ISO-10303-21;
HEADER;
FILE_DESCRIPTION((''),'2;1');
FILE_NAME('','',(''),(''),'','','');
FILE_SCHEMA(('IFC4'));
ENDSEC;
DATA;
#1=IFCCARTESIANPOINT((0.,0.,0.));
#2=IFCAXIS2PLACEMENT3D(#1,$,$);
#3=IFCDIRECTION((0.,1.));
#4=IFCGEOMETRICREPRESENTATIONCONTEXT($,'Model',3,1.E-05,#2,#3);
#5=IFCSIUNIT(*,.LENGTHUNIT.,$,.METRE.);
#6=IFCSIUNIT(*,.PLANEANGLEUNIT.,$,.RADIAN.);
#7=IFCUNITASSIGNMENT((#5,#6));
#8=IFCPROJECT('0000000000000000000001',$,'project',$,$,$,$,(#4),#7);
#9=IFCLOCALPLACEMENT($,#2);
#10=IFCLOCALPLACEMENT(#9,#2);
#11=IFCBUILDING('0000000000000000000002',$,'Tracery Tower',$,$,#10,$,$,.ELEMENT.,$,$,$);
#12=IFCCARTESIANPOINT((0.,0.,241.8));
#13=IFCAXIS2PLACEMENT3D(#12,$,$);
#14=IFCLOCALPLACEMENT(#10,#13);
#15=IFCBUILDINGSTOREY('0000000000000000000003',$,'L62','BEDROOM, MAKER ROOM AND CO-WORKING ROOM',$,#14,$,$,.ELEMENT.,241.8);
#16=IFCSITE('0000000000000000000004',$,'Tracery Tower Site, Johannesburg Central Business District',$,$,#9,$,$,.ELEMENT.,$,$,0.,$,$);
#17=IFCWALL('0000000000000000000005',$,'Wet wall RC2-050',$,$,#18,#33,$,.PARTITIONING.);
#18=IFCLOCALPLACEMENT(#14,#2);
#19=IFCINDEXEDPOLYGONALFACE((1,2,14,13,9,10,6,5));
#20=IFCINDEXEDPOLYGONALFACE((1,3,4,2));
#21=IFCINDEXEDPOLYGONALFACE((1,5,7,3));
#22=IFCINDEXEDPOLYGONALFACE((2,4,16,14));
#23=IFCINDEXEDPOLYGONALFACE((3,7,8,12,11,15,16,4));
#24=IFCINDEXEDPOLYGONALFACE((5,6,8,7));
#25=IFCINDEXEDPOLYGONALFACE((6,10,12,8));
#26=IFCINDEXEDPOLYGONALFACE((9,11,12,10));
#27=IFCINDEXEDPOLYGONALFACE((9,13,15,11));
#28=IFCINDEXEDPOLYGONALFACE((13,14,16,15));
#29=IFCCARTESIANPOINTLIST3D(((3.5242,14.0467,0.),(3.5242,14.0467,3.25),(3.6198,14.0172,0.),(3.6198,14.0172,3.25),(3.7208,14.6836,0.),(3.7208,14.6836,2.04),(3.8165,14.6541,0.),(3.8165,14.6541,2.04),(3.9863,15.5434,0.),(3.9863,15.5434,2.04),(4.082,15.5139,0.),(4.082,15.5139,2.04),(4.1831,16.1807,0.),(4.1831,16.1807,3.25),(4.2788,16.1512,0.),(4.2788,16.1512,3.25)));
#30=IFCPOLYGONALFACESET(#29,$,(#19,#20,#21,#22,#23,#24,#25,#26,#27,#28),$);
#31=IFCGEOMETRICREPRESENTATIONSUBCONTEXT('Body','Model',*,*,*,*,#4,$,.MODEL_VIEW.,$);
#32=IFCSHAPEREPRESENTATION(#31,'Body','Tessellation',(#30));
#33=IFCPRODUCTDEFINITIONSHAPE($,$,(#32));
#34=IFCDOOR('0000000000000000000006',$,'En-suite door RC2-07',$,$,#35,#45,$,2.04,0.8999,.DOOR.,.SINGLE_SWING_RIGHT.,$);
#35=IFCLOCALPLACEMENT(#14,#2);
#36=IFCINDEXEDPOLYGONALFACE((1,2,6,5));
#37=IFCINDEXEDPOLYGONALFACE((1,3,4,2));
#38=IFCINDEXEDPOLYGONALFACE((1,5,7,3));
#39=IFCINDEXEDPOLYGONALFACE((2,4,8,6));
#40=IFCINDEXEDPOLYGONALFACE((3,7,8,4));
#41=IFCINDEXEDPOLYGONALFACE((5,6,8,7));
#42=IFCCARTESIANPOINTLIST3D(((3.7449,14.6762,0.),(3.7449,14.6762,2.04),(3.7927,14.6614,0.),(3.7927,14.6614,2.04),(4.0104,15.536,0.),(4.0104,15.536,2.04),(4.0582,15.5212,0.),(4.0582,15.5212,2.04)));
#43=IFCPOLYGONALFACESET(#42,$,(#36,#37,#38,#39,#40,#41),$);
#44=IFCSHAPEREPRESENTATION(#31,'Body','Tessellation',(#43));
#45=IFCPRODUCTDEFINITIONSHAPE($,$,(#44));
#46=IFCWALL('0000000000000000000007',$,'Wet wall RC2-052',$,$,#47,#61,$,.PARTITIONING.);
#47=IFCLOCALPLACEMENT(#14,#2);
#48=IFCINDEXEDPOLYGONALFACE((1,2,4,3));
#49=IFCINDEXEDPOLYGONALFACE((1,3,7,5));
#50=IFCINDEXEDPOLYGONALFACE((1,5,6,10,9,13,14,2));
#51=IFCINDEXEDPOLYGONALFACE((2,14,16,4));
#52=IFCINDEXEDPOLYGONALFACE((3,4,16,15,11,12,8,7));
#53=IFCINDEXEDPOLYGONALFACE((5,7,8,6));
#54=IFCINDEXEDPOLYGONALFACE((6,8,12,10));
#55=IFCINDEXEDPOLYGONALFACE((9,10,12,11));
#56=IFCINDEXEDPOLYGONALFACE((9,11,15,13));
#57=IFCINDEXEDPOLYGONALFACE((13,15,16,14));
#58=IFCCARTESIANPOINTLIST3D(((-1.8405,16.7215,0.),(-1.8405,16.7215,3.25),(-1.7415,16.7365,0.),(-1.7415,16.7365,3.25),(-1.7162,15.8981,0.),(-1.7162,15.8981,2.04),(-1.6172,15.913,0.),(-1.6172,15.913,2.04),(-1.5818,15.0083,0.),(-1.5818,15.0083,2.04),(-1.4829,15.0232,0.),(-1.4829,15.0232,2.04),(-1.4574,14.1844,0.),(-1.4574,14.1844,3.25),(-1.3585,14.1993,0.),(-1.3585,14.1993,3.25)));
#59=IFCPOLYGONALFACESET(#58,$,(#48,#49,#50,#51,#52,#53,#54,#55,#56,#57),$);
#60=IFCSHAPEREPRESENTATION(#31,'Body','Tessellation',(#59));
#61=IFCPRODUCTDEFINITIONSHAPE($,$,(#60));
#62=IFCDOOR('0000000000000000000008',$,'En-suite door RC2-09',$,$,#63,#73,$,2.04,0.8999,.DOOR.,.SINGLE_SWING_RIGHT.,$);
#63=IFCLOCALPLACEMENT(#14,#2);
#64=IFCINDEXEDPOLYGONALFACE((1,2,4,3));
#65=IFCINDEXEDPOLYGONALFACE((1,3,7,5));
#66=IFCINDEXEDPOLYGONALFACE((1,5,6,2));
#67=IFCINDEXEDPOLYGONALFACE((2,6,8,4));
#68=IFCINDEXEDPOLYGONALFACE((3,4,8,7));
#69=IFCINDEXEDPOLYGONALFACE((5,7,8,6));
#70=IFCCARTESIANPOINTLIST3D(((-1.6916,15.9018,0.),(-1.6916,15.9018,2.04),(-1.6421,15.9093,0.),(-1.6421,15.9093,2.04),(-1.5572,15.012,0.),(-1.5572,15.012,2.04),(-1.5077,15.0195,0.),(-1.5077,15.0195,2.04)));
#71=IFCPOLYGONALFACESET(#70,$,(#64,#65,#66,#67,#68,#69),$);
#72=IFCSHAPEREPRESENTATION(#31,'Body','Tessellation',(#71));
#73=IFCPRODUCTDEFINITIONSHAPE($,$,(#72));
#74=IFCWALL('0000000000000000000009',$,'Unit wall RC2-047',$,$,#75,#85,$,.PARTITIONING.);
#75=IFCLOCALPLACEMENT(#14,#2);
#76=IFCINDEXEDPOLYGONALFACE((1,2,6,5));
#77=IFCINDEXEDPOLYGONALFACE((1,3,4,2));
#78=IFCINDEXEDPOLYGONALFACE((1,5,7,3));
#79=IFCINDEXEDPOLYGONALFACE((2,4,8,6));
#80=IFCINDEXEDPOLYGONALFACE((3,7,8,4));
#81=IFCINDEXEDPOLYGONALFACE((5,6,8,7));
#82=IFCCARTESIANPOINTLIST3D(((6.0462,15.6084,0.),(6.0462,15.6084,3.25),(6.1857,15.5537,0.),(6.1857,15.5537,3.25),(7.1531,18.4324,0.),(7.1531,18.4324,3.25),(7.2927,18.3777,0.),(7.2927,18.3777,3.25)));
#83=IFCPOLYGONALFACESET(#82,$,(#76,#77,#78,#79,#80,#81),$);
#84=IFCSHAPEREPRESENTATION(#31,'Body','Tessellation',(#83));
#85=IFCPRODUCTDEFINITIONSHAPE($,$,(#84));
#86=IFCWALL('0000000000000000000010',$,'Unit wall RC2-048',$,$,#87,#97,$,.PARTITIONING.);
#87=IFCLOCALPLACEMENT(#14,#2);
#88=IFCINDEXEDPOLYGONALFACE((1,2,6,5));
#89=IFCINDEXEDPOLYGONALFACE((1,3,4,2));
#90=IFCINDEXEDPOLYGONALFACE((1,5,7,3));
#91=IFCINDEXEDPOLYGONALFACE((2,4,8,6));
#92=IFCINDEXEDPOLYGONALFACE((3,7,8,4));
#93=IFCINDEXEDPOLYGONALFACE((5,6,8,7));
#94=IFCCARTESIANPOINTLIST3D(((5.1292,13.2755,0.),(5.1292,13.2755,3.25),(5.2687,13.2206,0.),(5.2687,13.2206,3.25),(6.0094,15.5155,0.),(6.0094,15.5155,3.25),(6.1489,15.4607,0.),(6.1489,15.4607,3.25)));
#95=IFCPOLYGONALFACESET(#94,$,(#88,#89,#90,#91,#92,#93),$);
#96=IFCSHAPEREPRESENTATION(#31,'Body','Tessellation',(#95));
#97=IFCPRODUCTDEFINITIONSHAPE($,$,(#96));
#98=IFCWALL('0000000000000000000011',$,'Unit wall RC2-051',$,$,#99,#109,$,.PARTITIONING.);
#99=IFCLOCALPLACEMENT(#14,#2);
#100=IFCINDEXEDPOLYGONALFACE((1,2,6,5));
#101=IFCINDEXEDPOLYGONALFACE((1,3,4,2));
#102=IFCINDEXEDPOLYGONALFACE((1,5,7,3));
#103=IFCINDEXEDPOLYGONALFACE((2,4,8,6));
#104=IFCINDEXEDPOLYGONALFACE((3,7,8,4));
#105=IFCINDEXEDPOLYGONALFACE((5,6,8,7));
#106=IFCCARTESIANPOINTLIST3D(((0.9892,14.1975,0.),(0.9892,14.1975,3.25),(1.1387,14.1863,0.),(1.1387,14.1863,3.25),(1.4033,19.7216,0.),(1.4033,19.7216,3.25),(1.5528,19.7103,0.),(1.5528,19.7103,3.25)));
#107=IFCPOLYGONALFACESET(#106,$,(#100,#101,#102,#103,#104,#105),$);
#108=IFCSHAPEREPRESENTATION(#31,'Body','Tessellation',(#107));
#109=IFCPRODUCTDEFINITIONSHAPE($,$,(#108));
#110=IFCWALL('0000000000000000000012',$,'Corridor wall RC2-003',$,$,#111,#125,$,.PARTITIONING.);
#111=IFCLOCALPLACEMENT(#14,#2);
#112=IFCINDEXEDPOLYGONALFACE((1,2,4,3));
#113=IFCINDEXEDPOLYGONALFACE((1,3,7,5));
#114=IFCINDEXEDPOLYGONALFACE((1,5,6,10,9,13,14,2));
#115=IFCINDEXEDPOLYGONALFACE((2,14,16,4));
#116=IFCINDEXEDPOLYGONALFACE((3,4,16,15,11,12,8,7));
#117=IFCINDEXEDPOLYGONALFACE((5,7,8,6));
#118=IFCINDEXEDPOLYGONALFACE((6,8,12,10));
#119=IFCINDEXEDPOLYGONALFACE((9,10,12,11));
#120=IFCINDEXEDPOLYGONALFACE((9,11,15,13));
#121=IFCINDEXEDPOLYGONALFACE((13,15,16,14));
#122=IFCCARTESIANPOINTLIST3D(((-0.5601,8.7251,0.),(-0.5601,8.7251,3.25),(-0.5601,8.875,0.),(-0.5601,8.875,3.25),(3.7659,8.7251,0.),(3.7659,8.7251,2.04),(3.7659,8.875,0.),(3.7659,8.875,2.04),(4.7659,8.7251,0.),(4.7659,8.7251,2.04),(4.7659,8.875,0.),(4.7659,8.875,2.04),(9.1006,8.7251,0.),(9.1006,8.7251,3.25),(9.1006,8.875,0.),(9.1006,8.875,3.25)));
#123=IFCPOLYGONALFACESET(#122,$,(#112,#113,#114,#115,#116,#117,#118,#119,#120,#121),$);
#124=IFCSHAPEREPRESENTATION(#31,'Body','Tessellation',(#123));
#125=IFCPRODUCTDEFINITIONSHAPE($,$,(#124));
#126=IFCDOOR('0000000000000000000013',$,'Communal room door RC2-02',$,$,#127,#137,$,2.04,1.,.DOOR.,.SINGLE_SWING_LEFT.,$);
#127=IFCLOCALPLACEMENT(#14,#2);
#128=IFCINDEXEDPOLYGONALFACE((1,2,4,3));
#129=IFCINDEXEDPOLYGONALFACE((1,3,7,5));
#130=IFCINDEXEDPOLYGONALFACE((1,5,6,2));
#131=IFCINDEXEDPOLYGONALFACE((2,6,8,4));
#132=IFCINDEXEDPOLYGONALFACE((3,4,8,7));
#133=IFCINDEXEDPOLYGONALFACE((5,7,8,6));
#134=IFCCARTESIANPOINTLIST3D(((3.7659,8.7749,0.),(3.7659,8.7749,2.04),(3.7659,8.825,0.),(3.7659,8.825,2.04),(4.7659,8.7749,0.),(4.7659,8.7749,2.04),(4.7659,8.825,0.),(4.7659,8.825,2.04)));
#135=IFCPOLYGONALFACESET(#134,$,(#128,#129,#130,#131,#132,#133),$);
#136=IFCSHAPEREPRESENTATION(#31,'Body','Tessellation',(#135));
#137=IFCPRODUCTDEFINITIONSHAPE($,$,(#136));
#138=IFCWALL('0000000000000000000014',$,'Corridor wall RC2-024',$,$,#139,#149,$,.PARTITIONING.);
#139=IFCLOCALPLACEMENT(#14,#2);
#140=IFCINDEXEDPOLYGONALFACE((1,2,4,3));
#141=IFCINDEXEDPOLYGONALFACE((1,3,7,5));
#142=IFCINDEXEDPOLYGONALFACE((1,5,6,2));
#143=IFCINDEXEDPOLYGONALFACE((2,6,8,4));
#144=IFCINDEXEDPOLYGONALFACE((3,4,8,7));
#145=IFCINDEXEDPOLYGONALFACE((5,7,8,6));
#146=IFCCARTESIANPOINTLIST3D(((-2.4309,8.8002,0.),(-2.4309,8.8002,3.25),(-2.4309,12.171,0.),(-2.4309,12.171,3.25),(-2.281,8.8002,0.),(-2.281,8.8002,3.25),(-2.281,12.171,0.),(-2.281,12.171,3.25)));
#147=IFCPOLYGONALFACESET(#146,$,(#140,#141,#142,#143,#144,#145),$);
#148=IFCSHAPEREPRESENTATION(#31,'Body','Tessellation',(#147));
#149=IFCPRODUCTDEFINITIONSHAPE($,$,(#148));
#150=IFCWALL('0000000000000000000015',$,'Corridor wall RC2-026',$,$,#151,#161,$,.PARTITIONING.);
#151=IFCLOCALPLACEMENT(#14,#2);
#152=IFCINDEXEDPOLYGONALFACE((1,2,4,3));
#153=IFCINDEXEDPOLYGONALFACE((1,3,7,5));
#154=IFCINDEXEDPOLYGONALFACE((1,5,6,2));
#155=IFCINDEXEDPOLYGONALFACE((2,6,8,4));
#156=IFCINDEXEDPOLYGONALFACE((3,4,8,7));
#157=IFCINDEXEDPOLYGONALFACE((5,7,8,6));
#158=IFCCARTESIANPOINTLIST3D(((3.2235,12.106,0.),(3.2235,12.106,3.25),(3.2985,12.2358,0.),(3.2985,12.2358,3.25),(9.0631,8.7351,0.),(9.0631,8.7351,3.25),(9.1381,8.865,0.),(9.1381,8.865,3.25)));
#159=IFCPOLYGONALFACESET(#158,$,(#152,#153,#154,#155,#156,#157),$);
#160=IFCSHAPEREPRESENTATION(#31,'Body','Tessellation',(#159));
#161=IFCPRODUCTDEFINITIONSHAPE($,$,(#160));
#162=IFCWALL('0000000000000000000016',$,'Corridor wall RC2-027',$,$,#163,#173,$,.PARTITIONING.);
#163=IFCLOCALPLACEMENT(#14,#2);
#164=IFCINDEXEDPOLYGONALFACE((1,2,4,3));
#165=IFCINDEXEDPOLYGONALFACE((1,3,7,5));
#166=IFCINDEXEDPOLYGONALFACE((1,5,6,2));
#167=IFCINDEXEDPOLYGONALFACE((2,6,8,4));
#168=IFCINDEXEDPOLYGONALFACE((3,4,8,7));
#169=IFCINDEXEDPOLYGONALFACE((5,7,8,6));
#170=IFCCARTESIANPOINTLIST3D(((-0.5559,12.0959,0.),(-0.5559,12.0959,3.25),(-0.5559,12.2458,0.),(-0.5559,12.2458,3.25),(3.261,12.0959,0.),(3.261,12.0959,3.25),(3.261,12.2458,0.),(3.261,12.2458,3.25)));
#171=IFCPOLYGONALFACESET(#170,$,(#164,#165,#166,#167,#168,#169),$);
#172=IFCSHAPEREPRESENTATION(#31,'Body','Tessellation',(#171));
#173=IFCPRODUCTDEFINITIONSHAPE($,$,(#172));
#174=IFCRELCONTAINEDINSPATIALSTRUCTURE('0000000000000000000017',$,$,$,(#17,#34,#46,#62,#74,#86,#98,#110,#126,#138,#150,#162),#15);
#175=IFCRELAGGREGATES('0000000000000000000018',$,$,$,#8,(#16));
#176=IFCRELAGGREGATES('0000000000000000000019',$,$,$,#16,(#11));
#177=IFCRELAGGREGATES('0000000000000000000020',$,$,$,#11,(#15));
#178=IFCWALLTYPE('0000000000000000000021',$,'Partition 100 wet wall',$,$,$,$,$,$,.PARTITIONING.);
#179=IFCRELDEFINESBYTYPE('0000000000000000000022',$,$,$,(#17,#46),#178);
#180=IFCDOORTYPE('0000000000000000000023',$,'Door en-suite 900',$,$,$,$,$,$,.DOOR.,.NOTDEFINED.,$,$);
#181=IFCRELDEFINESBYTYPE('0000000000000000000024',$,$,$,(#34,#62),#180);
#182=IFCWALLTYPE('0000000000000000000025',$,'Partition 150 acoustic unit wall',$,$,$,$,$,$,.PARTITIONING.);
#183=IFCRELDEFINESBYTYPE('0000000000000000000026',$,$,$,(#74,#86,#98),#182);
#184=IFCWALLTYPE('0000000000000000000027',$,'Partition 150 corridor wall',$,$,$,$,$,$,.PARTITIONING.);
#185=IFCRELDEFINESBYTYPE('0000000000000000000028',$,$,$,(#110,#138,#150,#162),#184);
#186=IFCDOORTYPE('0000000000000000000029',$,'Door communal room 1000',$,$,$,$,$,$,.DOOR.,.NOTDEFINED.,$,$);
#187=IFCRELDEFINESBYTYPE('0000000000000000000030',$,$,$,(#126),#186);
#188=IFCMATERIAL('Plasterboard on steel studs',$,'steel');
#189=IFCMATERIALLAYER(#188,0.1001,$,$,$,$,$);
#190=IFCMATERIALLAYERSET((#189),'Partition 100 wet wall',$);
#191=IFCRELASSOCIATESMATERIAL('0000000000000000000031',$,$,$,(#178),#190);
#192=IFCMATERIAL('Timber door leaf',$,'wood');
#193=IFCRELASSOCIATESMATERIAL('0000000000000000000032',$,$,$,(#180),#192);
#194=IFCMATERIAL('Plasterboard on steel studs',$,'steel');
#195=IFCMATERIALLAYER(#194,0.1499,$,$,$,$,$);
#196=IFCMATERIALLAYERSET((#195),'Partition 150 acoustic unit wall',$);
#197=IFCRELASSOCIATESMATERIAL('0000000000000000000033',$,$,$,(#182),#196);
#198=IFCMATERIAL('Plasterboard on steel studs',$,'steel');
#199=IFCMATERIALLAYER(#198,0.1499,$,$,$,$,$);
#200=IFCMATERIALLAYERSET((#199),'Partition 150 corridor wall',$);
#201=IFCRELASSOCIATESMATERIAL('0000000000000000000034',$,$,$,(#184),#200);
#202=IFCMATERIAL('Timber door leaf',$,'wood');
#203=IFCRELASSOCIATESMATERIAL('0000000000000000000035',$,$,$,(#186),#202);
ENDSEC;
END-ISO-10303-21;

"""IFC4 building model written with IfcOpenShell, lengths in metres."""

from ifc_helpers import new_model, si_unit, direction, frame, frame_2d, origin, place, context, subcontext, project, spatial, rectangle, extrude, material, layer, layer_set, type_object, element, fill, save


model = new_model("IFC4")

# Units and contexts
model_context = context("Model", 3, precision=1e-05, world=origin(), true_north=direction((0.0, 1.0)))
body_context = subcontext(model_context, "Body", "Model", "MODEL_VIEW")
ifc_project = project(units=[si_unit("LENGTHUNIT", "METRE"), si_unit("PLANEANGLEUNIT", "RADIAN")], contexts=[model_context])

# Site, building, storey
site_placement = place(None, origin())
site = spatial("IfcSite", under=ifc_project, at=site_placement, Name="Tracery Tower Site, Johannesburg Central Business District", CompositionType="ELEMENT", RefElevation=0.0)
building_placement = place(site_placement, origin())
building = spatial("IfcBuilding", under=site, at=building_placement, Name="Tracery Tower", CompositionType="ELEMENT")
storey_placement = place(building_placement, frame((0.0, 0.0, 241.8)))
storey = spatial("IfcBuildingStorey", under=building, at=storey_placement, Name="L62", Description="BEDROOM, MAKER ROOM AND CO-WORKING ROOM", CompositionType="ELEMENT", Elevation=241.8)

# Shared definitions
ifc_material_1 = material(Name="Plasterboard on steel studs", Category="steel")
ifc_layer_1 = layer(ifc_material_1, 0.1001)
ifc_layer_set_1 = layer_set([ifc_layer_1], Name="Partition 100 wet wall")
wall_type_1 = type_object("IfcWallType", Name="Partition 100 wet wall", PredefinedType="PARTITIONING", material=ifc_layer_set_1)
ifc_material_2 = material(Name="Timber door leaf", Category="wood")
door_type_1 = type_object("IfcDoorType", Name="Door en-suite 900", OperationType="NOTDEFINED", PredefinedType="DOOR", material=ifc_material_2)

# Walls, openings, doors
wall_1_placement = place(storey_placement, frame((3.572, 14.032, 0.0), z_axis=(0.0, 0.0, 1.0), x_axis=(0.295031, 0.955488, 0.0)))
wall_1 = element("IfcWall", 1, at=wall_1_placement, inside=storey, type_object=wall_type_1, Name="Wet wall RC2-050", PredefinedType="PARTITIONING", context=body_context, shape_type="SweptSolid", body=[
    extrude(rectangle(XDim=2.2334, YDim=0.1001, at=frame_2d((1.1167, 0.0))), origin(), (0.0, 0.0, 1.0), 3.25),
])
opening_1_placement = place(wall_1_placement, frame((0.6665, 0.0, 0.0)))
opening_1 = element("IfcOpeningElement", 2, at=opening_1_placement, cuts=wall_1, PredefinedType="OPENING", context=body_context, shape_type="SweptSolid", body=[
    extrude(rectangle(XDim=0.8999, YDim=2.04, at=frame_2d((0.45, 1.02))), frame((0.0, 0.05, 0.0), z_axis=(0.0, -1.0, 0.0), x_axis=(1.0, 0.0, 0.0)), (0.0, 0.0, 1.0), 0.1001),
])
door_1_placement = place(opening_1_placement, origin())
door_1 = element("IfcDoor", 3, at=door_1_placement, inside=storey, type_object=door_type_1, Name="En-suite door RC2-07", OperationType="SINGLE_SWING_RIGHT", OverallHeight=2.04, OverallWidth=0.8999, PredefinedType="DOOR", context=body_context, shape_type="SweptSolid", body=[
    extrude(rectangle(XDim=0.8999, YDim=2.04, at=frame_2d((0.45, 1.02))), frame((0.0, 0.0249, 0.0), z_axis=(0.0, -1.0, 0.0), x_axis=(1.0, 0.0, 0.0)), (0.0, 0.0, 1.0), 0.05),
])
fill(opening_1, door_1)
wall_2_placement = place(storey_placement, frame((-1.791, 16.729, 0.0), z_axis=(0.0, 0.0, 1.0), x_axis=(0.14929, -0.988794, 0.0)))
wall_2 = element("IfcWall", 4, at=wall_2_placement, inside=storey, type_object=wall_type_1, Name="Wet wall RC2-052", PredefinedType="PARTITIONING", context=body_context, shape_type="SweptSolid", body=[
    extrude(rectangle(XDim=2.5659, YDim=0.1001, at=frame_2d((1.283, 0.0))), origin(), (0.0, 0.0, 1.0), 3.25),
])
opening_2_placement = place(wall_2_placement, frame((0.8328, 0.0, 0.0)))
opening_2 = element("IfcOpeningElement", 5, at=opening_2_placement, cuts=wall_2, PredefinedType="OPENING", context=body_context, shape_type="SweptSolid", body=[
    extrude(rectangle(XDim=0.8999, YDim=2.04, at=frame_2d((0.45, 1.02))), frame((0.0, 0.05, 0.0), z_axis=(0.0, -1.0, 0.0), x_axis=(1.0, 0.0, 0.0)), (0.0, 0.0, 1.0), 0.1001),
])
door_2_placement = place(opening_2_placement, origin())
door_2 = element("IfcDoor", 6, at=door_2_placement, inside=storey, type_object=door_type_1, Name="En-suite door RC2-09", OperationType="SINGLE_SWING_RIGHT", OverallHeight=2.04, OverallWidth=0.8999, PredefinedType="DOOR", context=body_context, shape_type="SweptSolid", body=[
    extrude(rectangle(XDim=0.8999, YDim=2.04, at=frame_2d((0.45, 1.02))), frame((0.0, 0.0249, 0.0), z_axis=(0.0, -1.0, 0.0), x_axis=(1.0, 0.0, 0.0)), (0.0, 0.0, 1.0), 0.05),
])
fill(opening_2, door_2)

# Walls
ifc_material_3 = material(Name="Plasterboard on steel studs", Category="steel")
ifc_layer_2 = layer(ifc_material_3, 0.1499)
ifc_layer_set_2 = layer_set([ifc_layer_2], Name="Partition 150 acoustic unit wall")
wall_type_2 = type_object("IfcWallType", Name="Partition 150 acoustic unit wall", PredefinedType="PARTITIONING", material=ifc_layer_set_2)
wall_3_placement = place(storey_placement, frame((6.116, 15.5811, 0.0), z_axis=(0.0, 0.0, 1.0), x_axis=(0.364943, 0.93103, 0.0)))
element("IfcWall", 7, at=wall_3_placement, inside=storey, type_object=wall_type_2, Name="Unit wall RC2-047", PredefinedType="PARTITIONING", context=body_context, shape_type="SweptSolid", body=[
    extrude(rectangle(XDim=3.0332, YDim=0.1499, at=frame_2d((1.5166, 0.0))), origin(), (0.0, 0.0, 1.0), 3.25),
])
wall_4_placement = place(storey_placement, frame((5.199, 13.248, 0.0), z_axis=(0.0, 0.0, 1.0), x_axis=(0.365699, 0.930733, 0.0)))
element("IfcWall", 8, at=wall_4_placement, inside=storey, type_object=wall_type_2, Name="Unit wall RC2-048", PredefinedType="PARTITIONING", context=body_context, shape_type="SweptSolid", body=[
    extrude(rectangle(XDim=2.4067, YDim=0.1499, at=frame_2d((1.2034, 0.0))), origin(), (0.0, 0.0, 1.0), 3.25),
])
wall_5_placement = place(storey_placement, frame((1.064, 14.1919, 0.0), z_axis=(0.0, 0.0, 1.0), x_axis=(0.074745, 0.997203, 0.0)))
element("IfcWall", 9, at=wall_5_placement, inside=storey, type_object=wall_type_2, Name="Unit wall RC2-051", PredefinedType="PARTITIONING", context=body_context, shape_type="SweptSolid", body=[
    extrude(rectangle(XDim=5.5396, YDim=0.1499, at=frame_2d((2.7698, 0.0))), origin(), (0.0, 0.0, 1.0), 3.25),
])

# Wall, opening, door
ifc_material_4 = material(Name="Plasterboard on steel studs", Category="steel")
ifc_layer_3 = layer(ifc_material_4, 0.1499)
ifc_layer_set_3 = layer_set([ifc_layer_3], Name="Partition 150 corridor wall")
wall_type_3 = type_object("IfcWallType", Name="Partition 150 corridor wall", PredefinedType="PARTITIONING", material=ifc_layer_set_3)
wall_6_placement = place(storey_placement, frame((-0.5601, 8.8, 0.0), z_axis=(0.0, 0.0, 1.0), x_axis=(1.0, 0.0, 0.0)))
wall_6 = element("IfcWall", 10, at=wall_6_placement, inside=storey, type_object=wall_type_3, Name="Corridor wall RC2-003", PredefinedType="PARTITIONING", context=body_context, shape_type="SweptSolid", body=[
    extrude(rectangle(XDim=9.6606, YDim=0.1499, at=frame_2d((4.8303, 0.0))), origin(), (0.0, 0.0, 1.0), 3.25),
])
opening_3_placement = place(wall_6_placement, frame((4.3259, 0.0, 0.0)))
opening_3 = element("IfcOpeningElement", 11, at=opening_3_placement, cuts=wall_6, PredefinedType="OPENING", context=body_context, shape_type="SweptSolid", body=[
    extrude(rectangle(XDim=1.0, YDim=2.04, at=frame_2d((0.5, 1.02))), frame((0.0, 0.075, 0.0), z_axis=(0.0, -1.0, 0.0), x_axis=(1.0, 0.0, 0.0)), (0.0, 0.0, 1.0), 0.1499),
])
ifc_material_5 = material(Name="Timber door leaf", Category="wood")
door_type_2 = type_object("IfcDoorType", Name="Door communal room 1000", OperationType="NOTDEFINED", PredefinedType="DOOR", material=ifc_material_5)
door_3_placement = place(opening_3_placement, origin())
door_3 = element("IfcDoor", 12, at=door_3_placement, inside=storey, type_object=door_type_2, Name="Communal room door RC2-02", OperationType="SINGLE_SWING_LEFT", OverallHeight=2.04, OverallWidth=1.0, PredefinedType="DOOR", context=body_context, shape_type="SweptSolid", body=[
    extrude(rectangle(XDim=1.0, YDim=2.04, at=frame_2d((0.5, 1.02))), frame((0.0, 0.0249, 0.0), z_axis=(0.0, -1.0, 0.0), x_axis=(1.0, 0.0, 0.0)), (0.0, 0.0, 1.0), 0.05),
])
fill(opening_3, door_3)

# Walls
wall_7_placement = place(storey_placement, frame((-2.356, 8.8, 0.0), z_axis=(0.0, 0.0, 1.0), x_axis=(0.0, 1.0, 0.0)))
element("IfcWall", 13, at=wall_7_placement, inside=storey, type_object=wall_type_3, Name="Corridor wall RC2-024", PredefinedType="PARTITIONING", context=body_context, shape_type="SweptSolid", body=[
    extrude(rectangle(XDim=3.3708, YDim=0.1499, at=frame_2d((1.6855, 0.0))), origin(), (0.0, 0.0, 1.0), 3.25),
])
wall_8_placement = place(storey_placement, frame((3.261, 12.1709, 0.0), z_axis=(0.0, 0.0, 1.0), x_axis=(0.866067, -0.499928, 0.0)))
element("IfcWall", 14, at=wall_8_placement, inside=storey, type_object=wall_type_3, Name="Corridor wall RC2-026", PredefinedType="PARTITIONING", context=body_context, shape_type="SweptSolid", body=[
    extrude(rectangle(XDim=6.7427, YDim=0.1499, at=frame_2d((3.3713, 0.0))), origin(), (0.0, 0.0, 1.0), 3.25),
])
wall_9_placement = place(storey_placement, frame((-0.5559, 12.1709, 0.0), z_axis=(0.0, 0.0, 1.0), x_axis=(1.0, 0.0, 0.0)))
element("IfcWall", 15, at=wall_9_placement, inside=storey, type_object=wall_type_3, Name="Corridor wall RC2-027", PredefinedType="PARTITIONING", context=body_context, shape_type="SweptSolid", body=[
    extrude(rectangle(XDim=3.8169, YDim=0.1499, at=frame_2d((1.9084, 0.0))), origin(), (0.0, 0.0, 1.0), 3.25),
])

save(model, "model.ifc")
